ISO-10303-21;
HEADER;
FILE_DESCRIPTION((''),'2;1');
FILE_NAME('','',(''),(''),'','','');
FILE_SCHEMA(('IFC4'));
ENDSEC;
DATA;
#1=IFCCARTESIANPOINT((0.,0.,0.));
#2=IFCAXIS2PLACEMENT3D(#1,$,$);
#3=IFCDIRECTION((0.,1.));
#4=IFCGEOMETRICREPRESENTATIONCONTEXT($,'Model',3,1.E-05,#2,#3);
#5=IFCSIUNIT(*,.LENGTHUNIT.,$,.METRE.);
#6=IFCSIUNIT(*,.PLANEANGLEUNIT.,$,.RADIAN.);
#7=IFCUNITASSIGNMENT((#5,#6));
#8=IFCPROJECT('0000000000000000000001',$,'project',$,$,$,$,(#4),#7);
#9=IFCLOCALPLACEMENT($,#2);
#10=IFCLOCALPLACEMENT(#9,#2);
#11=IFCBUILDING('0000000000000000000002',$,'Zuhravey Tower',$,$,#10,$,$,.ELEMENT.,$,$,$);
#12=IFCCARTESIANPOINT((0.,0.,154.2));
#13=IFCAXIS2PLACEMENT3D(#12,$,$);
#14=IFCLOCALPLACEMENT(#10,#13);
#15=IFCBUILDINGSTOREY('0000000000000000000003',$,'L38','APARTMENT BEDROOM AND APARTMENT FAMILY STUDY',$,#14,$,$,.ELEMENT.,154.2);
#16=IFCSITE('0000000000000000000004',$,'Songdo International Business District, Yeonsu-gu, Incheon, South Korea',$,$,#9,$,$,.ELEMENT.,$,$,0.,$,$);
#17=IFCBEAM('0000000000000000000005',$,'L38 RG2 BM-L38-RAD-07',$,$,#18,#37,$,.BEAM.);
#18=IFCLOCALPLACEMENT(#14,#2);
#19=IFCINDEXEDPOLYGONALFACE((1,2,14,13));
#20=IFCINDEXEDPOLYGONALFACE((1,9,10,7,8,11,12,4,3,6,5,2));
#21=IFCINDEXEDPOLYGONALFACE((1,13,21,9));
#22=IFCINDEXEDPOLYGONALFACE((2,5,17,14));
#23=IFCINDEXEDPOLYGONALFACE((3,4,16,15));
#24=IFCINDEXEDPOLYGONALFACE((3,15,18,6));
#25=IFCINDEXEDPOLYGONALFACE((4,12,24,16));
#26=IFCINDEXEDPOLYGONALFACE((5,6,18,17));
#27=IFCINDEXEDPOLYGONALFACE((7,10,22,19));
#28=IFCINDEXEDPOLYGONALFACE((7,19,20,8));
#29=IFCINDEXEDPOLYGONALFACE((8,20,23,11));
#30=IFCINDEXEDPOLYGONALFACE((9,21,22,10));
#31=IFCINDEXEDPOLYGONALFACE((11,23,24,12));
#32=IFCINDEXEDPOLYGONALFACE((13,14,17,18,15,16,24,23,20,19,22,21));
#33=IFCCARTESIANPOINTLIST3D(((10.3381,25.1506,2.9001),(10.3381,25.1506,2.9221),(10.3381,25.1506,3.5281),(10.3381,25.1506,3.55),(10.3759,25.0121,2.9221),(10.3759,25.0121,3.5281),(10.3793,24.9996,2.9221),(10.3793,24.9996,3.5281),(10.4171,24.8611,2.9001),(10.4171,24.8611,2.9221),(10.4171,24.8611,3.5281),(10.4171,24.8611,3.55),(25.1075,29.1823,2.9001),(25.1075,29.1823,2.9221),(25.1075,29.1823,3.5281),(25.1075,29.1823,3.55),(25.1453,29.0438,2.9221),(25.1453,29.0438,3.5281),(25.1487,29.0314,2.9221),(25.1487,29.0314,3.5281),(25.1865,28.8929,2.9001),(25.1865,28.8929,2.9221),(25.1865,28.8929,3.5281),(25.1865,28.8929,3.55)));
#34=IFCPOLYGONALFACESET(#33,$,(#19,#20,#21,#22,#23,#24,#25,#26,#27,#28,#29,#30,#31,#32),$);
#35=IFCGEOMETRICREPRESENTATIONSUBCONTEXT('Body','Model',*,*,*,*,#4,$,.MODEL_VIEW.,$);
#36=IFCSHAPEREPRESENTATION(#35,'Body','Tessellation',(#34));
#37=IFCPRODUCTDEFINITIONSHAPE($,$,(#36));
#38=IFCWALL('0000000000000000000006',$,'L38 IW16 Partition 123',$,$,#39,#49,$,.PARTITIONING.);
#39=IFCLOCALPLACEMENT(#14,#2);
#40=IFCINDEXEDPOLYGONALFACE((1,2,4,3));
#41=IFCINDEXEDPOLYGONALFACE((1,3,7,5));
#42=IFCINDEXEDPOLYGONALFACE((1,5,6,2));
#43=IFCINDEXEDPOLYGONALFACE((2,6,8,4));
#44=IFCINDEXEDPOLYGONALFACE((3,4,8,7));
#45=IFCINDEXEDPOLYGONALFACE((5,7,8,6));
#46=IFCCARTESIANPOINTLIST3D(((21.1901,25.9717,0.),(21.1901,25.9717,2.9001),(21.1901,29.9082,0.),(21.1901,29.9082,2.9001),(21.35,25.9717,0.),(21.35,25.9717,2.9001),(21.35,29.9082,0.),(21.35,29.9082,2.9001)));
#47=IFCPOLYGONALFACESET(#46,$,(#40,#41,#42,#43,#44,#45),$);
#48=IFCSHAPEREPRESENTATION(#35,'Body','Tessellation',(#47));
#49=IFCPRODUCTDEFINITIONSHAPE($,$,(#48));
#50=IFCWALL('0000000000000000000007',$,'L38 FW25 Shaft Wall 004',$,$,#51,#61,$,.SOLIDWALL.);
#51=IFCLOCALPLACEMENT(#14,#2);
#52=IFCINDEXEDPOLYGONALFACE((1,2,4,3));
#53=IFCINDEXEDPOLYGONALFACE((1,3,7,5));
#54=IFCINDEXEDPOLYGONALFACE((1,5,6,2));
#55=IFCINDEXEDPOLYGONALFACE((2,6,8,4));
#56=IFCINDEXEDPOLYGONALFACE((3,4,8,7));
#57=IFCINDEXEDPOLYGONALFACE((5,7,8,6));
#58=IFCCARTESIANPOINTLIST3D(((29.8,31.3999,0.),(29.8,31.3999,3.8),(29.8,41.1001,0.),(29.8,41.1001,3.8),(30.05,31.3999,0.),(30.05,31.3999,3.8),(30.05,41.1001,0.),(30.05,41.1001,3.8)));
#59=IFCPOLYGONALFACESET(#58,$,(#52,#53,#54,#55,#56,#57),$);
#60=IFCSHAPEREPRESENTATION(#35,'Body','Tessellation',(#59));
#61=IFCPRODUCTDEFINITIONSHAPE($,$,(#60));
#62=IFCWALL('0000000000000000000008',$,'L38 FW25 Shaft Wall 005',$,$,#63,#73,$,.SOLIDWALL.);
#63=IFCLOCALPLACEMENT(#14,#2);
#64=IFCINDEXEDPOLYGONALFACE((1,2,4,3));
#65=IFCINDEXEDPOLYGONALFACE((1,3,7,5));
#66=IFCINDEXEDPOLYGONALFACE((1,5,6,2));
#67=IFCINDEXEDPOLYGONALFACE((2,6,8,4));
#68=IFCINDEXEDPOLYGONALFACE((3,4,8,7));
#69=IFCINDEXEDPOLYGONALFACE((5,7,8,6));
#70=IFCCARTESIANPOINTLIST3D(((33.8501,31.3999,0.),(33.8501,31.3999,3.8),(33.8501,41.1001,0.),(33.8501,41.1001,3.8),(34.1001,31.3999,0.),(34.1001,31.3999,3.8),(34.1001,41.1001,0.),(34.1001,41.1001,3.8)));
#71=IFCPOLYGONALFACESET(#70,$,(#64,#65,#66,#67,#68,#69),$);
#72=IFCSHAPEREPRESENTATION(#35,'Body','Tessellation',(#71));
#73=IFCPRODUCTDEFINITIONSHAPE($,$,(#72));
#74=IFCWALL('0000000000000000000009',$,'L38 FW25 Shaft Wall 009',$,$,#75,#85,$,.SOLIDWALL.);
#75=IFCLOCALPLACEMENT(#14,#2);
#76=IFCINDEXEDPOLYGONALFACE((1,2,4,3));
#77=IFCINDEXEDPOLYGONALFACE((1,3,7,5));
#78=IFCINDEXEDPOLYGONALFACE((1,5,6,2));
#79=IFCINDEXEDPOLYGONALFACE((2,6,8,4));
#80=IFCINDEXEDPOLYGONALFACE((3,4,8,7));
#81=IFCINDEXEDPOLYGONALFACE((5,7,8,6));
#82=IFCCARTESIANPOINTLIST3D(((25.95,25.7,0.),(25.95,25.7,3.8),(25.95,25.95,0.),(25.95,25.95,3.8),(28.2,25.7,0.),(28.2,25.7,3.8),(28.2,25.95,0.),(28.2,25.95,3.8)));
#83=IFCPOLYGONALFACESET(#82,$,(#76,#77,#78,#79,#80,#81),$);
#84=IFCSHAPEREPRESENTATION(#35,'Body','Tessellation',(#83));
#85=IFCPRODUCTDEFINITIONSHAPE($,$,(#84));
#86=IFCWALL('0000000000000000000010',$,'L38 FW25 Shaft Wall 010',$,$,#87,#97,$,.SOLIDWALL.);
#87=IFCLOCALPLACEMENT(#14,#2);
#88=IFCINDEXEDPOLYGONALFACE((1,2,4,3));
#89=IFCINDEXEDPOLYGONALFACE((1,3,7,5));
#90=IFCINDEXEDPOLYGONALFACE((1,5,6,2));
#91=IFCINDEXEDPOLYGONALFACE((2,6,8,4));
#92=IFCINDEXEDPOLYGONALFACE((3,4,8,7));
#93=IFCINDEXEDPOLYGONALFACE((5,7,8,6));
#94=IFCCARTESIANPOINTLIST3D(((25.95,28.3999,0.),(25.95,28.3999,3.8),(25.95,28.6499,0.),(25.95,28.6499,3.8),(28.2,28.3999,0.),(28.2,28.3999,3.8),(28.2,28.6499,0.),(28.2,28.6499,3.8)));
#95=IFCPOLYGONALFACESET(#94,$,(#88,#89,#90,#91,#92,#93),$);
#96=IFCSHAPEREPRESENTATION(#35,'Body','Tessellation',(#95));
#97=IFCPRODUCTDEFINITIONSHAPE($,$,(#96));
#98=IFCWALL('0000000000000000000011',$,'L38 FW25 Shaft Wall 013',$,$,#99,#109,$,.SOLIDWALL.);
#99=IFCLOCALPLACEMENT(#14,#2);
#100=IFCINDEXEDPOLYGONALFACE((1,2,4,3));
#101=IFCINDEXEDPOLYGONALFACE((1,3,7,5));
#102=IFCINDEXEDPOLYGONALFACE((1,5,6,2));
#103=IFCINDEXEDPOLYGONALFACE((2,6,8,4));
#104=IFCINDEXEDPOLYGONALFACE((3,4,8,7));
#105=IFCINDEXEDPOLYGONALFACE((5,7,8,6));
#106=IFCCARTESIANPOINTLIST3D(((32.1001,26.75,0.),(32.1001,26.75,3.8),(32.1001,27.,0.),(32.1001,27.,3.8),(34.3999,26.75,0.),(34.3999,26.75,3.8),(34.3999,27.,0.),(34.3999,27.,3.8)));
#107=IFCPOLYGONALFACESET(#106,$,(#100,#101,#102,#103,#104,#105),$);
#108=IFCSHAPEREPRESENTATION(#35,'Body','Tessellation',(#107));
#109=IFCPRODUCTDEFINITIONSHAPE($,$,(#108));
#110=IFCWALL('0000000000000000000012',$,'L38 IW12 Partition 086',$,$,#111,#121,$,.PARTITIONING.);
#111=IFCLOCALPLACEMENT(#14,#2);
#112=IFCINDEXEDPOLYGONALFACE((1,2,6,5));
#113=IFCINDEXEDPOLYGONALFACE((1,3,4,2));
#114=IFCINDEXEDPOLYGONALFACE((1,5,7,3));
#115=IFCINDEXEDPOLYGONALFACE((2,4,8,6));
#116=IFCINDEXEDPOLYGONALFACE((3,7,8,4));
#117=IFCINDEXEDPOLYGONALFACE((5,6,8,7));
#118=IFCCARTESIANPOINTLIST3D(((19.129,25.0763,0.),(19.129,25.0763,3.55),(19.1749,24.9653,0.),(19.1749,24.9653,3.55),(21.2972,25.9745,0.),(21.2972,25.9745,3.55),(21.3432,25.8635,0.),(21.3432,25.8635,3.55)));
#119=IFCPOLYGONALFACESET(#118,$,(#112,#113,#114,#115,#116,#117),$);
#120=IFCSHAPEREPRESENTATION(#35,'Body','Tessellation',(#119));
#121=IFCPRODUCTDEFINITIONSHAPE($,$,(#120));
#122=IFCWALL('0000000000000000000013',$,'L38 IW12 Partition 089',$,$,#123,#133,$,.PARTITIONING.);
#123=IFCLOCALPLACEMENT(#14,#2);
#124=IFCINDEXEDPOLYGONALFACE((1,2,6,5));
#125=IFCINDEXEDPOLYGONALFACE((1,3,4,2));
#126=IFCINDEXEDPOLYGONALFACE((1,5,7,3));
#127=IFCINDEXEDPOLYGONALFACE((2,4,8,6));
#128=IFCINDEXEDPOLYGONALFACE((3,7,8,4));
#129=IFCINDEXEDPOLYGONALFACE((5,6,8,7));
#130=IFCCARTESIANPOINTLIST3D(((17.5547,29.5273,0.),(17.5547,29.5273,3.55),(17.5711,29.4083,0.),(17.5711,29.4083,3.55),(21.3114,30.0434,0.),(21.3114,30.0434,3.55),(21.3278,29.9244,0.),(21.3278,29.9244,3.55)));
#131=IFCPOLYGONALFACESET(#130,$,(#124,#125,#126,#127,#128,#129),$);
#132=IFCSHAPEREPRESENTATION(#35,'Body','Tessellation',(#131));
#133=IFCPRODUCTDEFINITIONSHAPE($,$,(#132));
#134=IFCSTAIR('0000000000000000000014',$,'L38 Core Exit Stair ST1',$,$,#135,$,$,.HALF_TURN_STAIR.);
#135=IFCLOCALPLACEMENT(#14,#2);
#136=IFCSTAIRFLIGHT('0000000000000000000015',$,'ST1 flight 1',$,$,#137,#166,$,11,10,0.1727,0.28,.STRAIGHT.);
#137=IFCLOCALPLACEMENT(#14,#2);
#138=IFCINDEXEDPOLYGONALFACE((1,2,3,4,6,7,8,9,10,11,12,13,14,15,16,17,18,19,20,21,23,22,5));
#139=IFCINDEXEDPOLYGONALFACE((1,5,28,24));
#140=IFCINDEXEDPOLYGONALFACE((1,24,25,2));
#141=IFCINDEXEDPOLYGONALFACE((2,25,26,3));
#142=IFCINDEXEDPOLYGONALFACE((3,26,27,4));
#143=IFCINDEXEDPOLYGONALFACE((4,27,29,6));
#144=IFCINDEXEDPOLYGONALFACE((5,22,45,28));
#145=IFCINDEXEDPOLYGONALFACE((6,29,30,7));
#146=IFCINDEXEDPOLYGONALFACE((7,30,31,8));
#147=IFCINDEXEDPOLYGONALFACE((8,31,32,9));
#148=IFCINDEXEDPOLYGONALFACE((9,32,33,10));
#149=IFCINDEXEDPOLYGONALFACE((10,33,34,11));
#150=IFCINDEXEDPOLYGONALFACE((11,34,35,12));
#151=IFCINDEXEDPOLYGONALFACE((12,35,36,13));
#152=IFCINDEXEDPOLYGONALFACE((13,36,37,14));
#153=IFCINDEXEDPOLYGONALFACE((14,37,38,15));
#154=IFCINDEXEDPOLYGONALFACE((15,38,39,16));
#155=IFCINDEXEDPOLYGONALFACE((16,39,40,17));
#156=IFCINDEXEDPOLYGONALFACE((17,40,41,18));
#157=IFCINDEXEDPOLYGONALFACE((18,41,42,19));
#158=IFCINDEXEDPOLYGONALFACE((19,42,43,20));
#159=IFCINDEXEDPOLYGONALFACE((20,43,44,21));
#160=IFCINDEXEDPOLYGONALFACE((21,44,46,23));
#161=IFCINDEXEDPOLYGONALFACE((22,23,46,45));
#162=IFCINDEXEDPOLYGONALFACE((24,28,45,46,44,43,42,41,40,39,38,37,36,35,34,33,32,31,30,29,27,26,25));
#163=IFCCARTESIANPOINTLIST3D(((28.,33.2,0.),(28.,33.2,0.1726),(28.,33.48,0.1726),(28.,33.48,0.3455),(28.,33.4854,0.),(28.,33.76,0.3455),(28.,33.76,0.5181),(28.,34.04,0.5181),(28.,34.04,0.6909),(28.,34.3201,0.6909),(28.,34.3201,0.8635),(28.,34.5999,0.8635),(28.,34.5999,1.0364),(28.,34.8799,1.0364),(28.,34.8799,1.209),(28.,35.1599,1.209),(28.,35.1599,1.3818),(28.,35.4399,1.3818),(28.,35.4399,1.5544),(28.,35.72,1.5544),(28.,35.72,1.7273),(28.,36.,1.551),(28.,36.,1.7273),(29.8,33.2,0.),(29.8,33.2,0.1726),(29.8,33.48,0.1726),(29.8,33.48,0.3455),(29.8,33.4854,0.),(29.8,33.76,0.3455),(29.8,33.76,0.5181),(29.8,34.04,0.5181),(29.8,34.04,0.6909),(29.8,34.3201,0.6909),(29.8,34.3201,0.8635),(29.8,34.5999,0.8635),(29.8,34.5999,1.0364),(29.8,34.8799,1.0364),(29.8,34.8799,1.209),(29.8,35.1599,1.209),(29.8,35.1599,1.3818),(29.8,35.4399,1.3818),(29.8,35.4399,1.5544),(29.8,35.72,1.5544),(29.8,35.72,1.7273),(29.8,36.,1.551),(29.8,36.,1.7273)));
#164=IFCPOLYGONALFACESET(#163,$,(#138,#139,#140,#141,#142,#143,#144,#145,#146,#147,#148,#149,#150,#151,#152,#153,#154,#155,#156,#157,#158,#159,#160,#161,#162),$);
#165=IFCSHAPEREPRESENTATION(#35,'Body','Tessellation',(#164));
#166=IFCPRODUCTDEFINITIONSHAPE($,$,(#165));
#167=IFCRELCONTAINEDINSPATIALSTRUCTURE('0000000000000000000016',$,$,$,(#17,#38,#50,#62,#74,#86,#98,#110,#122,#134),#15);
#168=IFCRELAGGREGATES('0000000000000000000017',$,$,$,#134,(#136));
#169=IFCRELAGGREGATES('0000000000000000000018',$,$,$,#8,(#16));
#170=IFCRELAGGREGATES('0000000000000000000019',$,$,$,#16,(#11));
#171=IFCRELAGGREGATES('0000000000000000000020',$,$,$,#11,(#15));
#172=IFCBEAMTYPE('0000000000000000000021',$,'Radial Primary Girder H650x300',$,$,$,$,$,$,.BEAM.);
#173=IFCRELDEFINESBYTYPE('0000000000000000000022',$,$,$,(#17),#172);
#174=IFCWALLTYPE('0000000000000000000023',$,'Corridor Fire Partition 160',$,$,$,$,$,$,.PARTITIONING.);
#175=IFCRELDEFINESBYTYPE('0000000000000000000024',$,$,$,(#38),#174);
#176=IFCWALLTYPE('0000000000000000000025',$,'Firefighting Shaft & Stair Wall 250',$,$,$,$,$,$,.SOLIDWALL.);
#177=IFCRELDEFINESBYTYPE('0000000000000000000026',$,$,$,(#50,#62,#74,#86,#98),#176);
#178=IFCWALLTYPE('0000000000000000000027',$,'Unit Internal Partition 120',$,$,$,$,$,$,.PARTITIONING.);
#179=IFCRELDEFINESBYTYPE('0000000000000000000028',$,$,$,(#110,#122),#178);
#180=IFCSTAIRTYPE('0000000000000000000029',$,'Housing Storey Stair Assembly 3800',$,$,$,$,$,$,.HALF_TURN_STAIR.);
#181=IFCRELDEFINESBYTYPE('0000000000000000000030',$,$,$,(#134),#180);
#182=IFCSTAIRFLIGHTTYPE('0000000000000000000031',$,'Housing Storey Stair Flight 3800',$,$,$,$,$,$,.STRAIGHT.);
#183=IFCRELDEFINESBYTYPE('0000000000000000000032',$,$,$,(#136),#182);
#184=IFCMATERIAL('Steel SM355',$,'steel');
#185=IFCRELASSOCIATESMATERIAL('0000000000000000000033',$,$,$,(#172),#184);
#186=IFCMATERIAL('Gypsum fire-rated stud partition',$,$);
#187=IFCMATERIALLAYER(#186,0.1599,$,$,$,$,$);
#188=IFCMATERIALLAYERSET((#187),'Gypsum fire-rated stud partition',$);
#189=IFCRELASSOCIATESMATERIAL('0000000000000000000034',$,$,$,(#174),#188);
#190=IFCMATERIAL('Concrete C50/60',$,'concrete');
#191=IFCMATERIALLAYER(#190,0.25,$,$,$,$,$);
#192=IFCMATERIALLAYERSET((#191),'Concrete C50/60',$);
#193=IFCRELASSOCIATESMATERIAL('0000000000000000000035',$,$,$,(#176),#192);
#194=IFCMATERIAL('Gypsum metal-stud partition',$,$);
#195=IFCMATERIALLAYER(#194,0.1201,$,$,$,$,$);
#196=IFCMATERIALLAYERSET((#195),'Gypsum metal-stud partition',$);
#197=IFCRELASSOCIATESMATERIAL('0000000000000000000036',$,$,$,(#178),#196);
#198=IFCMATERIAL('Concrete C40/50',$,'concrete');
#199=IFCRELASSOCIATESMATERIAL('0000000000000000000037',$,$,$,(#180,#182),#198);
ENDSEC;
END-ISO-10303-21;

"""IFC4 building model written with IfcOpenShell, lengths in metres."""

from ifc_helpers import new_model, si_unit, direction, frame, frame_2d, origin, origin_2d, place, context, subcontext, project, spatial, polyline, rectangle, i_section, outline, extrude, material, layer, layer_set, material_profile, profile_set, type_object, element, aggregate, save


model = new_model("IFC4")

# Units and contexts
model_context = context("Model", 3, precision=1e-05, world=origin(), true_north=direction((0.0, 1.0)))
body_context = subcontext(model_context, "Body", "Model", "MODEL_VIEW")
ifc_project = project(units=[si_unit("LENGTHUNIT", "METRE"), si_unit("PLANEANGLEUNIT", "RADIAN")], contexts=[model_context])

# Site, building, storey
site_placement = place(None, origin())
site = spatial("IfcSite", under=ifc_project, at=site_placement, Name="Songdo International Business District, Yeonsu-gu, Incheon, South Korea", CompositionType="ELEMENT", RefElevation=0.0)
building_placement = place(site_placement, origin())
building = spatial("IfcBuilding", under=site, at=building_placement, Name="Zuhravey Tower", CompositionType="ELEMENT")
storey_placement = place(building_placement, frame((0.0, 0.0, 154.2)))
storey = spatial("IfcBuildingStorey", under=building, at=storey_placement, Name="L38", Description="APARTMENT BEDROOM AND APARTMENT FAMILY STUDY", CompositionType="ELEMENT", Elevation=154.2)

# Beam
ifc_material_1 = material(Name="Steel SM355", Category="steel")
ifc_material_profile = material_profile(ifc_material_1, i_section(OverallWidth=0.3, OverallDepth=0.6499, WebThickness=0.0129, FlangeThickness=0.022, at=origin_2d()), Name="H-650x300x13x22")
ifc_profile_set = profile_set([ifc_material_profile], Name="Steel SM355")
beam_type = type_object("IfcBeamType", Name="Radial Primary Girder H650x300", PredefinedType="BEAM", material=ifc_profile_set)
beam_placement = place(storey_placement, frame((25.147, 29.0376, 3.2251), z_axis=(-0.964702, -0.263345, 0.0), x_axis=(0.263345, -0.964702, 0.0)))
element("IfcBeam", 1, at=beam_placement, inside=storey, type_object=beam_type, Name="L38 RG2 BM-L38-RAD-07", PredefinedType="BEAM", context=body_context, shape_type="SweptSolid", body=[
    extrude(i_section(OverallWidth=0.3, OverallDepth=0.6499, WebThickness=0.0129, FlangeThickness=0.022, at=origin_2d()), origin(), (0.0, 0.0, 1.0), 15.3098),
])

# Wall
ifc_material_2 = material(Name="Gypsum fire-rated stud partition")
ifc_layer_1 = layer(ifc_material_2, 0.1599)
ifc_layer_set_1 = layer_set([ifc_layer_1], Name="Gypsum fire-rated stud partition")
wall_type_1 = type_object("IfcWallType", Name="Corridor Fire Partition 160", PredefinedType="PARTITIONING", material=ifc_layer_set_1)
wall_1_placement = place(storey_placement, frame((21.27, 29.9082, 0.0), z_axis=(0.0, 0.0, 1.0), x_axis=(0.0, -1.0, 0.0)))
element("IfcWall", 2, at=wall_1_placement, inside=storey, type_object=wall_type_1, Name="L38 IW16 Partition 123", PredefinedType="PARTITIONING", context=body_context, shape_type="SweptSolid", body=[
    extrude(rectangle(XDim=3.9365, YDim=0.1599, at=frame_2d((1.9683, 0.0))), origin(), (0.0, 0.0, 1.0), 2.9001),
])

# Shared definitions
ifc_material_3 = material(Name="Concrete C50/60", Category="concrete")
ifc_layer_2 = layer(ifc_material_3, 0.25)
ifc_layer_set_2 = layer_set([ifc_layer_2], Name="Concrete C50/60")
wall_type_2 = type_object("IfcWallType", Name="Firefighting Shaft & Stair Wall 250", PredefinedType="SOLIDWALL", material=ifc_layer_set_2)

# Walls
for number, where, z_axis, x_axis, name in (
    (3, (29.925, 31.3999, 0.0), (0.0, 0.0, 1.0), (0.0, 1.0, 0.0), "L38 FW25 Shaft Wall 004"),
    (4, (33.9751, 31.3999, 0.0), (0.0, 0.0, 1.0), (0.0, 1.0, 0.0), "L38 FW25 Shaft Wall 005"),
):
    element("IfcWall", number, at=place(storey_placement, frame(where, z_axis=z_axis, x_axis=x_axis)), inside=storey, type_object=wall_type_2, Name=name, PredefinedType="SOLIDWALL", context=body_context, shape_type="SweptSolid", body=[
        extrude(rectangle(XDim=9.7002, YDim=0.25, at=frame_2d((4.8501, 0.0))), origin(), (0.0, 0.0, 1.0), 3.8),
    ])
for number, where, z_axis, x_axis, name in (
    (5, (25.95, 25.825, 0.0), (0.0, 0.0, 1.0), (1.0, 0.0, 0.0), "L38 FW25 Shaft Wall 009"),
    (6, (25.95, 28.5249, 0.0), (0.0, 0.0, 1.0), (1.0, 0.0, 0.0), "L38 FW25 Shaft Wall 010"),
):
    element("IfcWall", number, at=place(storey_placement, frame(where, z_axis=z_axis, x_axis=x_axis)), inside=storey, type_object=wall_type_2, Name=name, PredefinedType="SOLIDWALL", context=body_context, shape_type="SweptSolid", body=[
        extrude(rectangle(XDim=2.25, YDim=0.25, at=frame_2d((1.125, 0.0))), origin(), (0.0, 0.0, 1.0), 3.8),
    ])
wall_2_placement = place(storey_placement, frame((32.1001, 26.875, 0.0), z_axis=(0.0, 0.0, 1.0), x_axis=(1.0, 0.0, 0.0)))
element("IfcWall", 7, at=wall_2_placement, inside=storey, type_object=wall_type_2, Name="L38 FW25 Shaft Wall 013", PredefinedType="SOLIDWALL", context=body_context, shape_type="SweptSolid", body=[
    extrude(rectangle(XDim=2.2998, YDim=0.25, at=frame_2d((1.1499, 0.0))), origin(), (0.0, 0.0, 1.0), 3.8),
])
ifc_material_4 = material(Name="Gypsum metal-stud partition")
ifc_layer_3 = layer(ifc_material_4, 0.1201)
ifc_layer_set_3 = layer_set([ifc_layer_3], Name="Gypsum metal-stud partition")
wall_type_3 = type_object("IfcWallType", Name="Unit Internal Partition 120", PredefinedType="PARTITIONING", material=ifc_layer_set_3)
wall_3_placement = place(storey_placement, frame((21.3201, 25.9189, 0.0), z_axis=(0.0, 0.0, 1.0), x_axis=(-0.923866, -0.382716, 0.0)))
element("IfcWall", 8, at=wall_3_placement, inside=storey, type_object=wall_type_3, Name="L38 IW12 Partition 086", PredefinedType="PARTITIONING", context=body_context, shape_type="SweptSolid", body=[
    extrude(rectangle(XDim=2.3469, YDim=0.1201, at=frame_2d((1.1733, 0.0))), origin(), (0.0, 0.0, 1.0), 3.55),
])
wall_4_placement = place(storey_placement, frame((21.3196, 29.9839, 0.0), z_axis=(0.0, 0.0, 1.0), x_axis=(-0.990694, -0.13611, 0.0)))
element("IfcWall", 9, at=wall_4_placement, inside=storey, type_object=wall_type_3, Name="L38 IW12 Partition 089", PredefinedType="PARTITIONING", context=body_context, shape_type="SweptSolid", body=[
    extrude(rectangle(XDim=3.792, YDim=0.1201, at=frame_2d((1.896, 0.0))), origin(), (0.0, 0.0, 1.0), 3.55),
])

# Stair, stair flight
ifc_material_5 = material(Name="Concrete C40/50", Category="concrete")
stair_type = type_object("IfcStairType", Name="Housing Storey Stair Assembly 3800", PredefinedType="HALF_TURN_STAIR", material=ifc_material_5)
stair_placement = place(storey_placement, origin())
stair = element("IfcStair", 10, at=stair_placement, inside=storey, type_object=stair_type, Name="L38 Core Exit Stair ST1", PredefinedType="HALF_TURN_STAIR")
stair_flight_type = type_object("IfcStairFlightType", Name="Housing Storey Stair Flight 3800", PredefinedType="STRAIGHT", material=ifc_material_5)
stair_flight_placement = place(storey_placement, frame((28.8999, 33.2, 0.0), z_axis=(0.0, 0.0, 1.0), x_axis=(0.0, 1.0, 0.0)))
stair_flight = element("IfcStairFlight", 11, at=stair_flight_placement, type_object=stair_flight_type, Name="ST1 flight 1", NumberOfRisers=11, NumberOfTreads=10, PredefinedType="STRAIGHT", RiserHeight=0.1727, TreadLength=0.28, context=body_context, shape_type="SweptSolid", body=[
    extrude(outline(polyline([(0.0, 0.0), (0.0, 0.1726), (0.28, 0.1726), (0.28, 0.3455), (0.5601, 0.3455), (0.5601, 0.5181), (0.8401, 0.5181), (0.8401, 0.6909), (1.1201, 0.6909), (1.1201, 0.8635), (1.3999, 0.8635), (1.3999, 1.0364), (1.6799, 1.0364), (1.6799, 1.209), (1.96, 1.209), (1.96, 1.3818), (2.24, 1.3818), (2.24, 1.5544), (2.52, 1.5544), (2.52, 1.7273), (2.8, 1.7273), (2.8, 1.8999), (2.8, 1.551), (0.2854, 0.0), (0.0, 0.0)])), frame((0.0, 0.8999, 0.0), z_axis=(0.0, -1.0, 0.0), x_axis=(1.0, 0.0, 0.0)), (0.0, 0.0, 1.0), 1.8),
])
aggregate(stair, [stair_flight])

save(model, "model.ifc")
